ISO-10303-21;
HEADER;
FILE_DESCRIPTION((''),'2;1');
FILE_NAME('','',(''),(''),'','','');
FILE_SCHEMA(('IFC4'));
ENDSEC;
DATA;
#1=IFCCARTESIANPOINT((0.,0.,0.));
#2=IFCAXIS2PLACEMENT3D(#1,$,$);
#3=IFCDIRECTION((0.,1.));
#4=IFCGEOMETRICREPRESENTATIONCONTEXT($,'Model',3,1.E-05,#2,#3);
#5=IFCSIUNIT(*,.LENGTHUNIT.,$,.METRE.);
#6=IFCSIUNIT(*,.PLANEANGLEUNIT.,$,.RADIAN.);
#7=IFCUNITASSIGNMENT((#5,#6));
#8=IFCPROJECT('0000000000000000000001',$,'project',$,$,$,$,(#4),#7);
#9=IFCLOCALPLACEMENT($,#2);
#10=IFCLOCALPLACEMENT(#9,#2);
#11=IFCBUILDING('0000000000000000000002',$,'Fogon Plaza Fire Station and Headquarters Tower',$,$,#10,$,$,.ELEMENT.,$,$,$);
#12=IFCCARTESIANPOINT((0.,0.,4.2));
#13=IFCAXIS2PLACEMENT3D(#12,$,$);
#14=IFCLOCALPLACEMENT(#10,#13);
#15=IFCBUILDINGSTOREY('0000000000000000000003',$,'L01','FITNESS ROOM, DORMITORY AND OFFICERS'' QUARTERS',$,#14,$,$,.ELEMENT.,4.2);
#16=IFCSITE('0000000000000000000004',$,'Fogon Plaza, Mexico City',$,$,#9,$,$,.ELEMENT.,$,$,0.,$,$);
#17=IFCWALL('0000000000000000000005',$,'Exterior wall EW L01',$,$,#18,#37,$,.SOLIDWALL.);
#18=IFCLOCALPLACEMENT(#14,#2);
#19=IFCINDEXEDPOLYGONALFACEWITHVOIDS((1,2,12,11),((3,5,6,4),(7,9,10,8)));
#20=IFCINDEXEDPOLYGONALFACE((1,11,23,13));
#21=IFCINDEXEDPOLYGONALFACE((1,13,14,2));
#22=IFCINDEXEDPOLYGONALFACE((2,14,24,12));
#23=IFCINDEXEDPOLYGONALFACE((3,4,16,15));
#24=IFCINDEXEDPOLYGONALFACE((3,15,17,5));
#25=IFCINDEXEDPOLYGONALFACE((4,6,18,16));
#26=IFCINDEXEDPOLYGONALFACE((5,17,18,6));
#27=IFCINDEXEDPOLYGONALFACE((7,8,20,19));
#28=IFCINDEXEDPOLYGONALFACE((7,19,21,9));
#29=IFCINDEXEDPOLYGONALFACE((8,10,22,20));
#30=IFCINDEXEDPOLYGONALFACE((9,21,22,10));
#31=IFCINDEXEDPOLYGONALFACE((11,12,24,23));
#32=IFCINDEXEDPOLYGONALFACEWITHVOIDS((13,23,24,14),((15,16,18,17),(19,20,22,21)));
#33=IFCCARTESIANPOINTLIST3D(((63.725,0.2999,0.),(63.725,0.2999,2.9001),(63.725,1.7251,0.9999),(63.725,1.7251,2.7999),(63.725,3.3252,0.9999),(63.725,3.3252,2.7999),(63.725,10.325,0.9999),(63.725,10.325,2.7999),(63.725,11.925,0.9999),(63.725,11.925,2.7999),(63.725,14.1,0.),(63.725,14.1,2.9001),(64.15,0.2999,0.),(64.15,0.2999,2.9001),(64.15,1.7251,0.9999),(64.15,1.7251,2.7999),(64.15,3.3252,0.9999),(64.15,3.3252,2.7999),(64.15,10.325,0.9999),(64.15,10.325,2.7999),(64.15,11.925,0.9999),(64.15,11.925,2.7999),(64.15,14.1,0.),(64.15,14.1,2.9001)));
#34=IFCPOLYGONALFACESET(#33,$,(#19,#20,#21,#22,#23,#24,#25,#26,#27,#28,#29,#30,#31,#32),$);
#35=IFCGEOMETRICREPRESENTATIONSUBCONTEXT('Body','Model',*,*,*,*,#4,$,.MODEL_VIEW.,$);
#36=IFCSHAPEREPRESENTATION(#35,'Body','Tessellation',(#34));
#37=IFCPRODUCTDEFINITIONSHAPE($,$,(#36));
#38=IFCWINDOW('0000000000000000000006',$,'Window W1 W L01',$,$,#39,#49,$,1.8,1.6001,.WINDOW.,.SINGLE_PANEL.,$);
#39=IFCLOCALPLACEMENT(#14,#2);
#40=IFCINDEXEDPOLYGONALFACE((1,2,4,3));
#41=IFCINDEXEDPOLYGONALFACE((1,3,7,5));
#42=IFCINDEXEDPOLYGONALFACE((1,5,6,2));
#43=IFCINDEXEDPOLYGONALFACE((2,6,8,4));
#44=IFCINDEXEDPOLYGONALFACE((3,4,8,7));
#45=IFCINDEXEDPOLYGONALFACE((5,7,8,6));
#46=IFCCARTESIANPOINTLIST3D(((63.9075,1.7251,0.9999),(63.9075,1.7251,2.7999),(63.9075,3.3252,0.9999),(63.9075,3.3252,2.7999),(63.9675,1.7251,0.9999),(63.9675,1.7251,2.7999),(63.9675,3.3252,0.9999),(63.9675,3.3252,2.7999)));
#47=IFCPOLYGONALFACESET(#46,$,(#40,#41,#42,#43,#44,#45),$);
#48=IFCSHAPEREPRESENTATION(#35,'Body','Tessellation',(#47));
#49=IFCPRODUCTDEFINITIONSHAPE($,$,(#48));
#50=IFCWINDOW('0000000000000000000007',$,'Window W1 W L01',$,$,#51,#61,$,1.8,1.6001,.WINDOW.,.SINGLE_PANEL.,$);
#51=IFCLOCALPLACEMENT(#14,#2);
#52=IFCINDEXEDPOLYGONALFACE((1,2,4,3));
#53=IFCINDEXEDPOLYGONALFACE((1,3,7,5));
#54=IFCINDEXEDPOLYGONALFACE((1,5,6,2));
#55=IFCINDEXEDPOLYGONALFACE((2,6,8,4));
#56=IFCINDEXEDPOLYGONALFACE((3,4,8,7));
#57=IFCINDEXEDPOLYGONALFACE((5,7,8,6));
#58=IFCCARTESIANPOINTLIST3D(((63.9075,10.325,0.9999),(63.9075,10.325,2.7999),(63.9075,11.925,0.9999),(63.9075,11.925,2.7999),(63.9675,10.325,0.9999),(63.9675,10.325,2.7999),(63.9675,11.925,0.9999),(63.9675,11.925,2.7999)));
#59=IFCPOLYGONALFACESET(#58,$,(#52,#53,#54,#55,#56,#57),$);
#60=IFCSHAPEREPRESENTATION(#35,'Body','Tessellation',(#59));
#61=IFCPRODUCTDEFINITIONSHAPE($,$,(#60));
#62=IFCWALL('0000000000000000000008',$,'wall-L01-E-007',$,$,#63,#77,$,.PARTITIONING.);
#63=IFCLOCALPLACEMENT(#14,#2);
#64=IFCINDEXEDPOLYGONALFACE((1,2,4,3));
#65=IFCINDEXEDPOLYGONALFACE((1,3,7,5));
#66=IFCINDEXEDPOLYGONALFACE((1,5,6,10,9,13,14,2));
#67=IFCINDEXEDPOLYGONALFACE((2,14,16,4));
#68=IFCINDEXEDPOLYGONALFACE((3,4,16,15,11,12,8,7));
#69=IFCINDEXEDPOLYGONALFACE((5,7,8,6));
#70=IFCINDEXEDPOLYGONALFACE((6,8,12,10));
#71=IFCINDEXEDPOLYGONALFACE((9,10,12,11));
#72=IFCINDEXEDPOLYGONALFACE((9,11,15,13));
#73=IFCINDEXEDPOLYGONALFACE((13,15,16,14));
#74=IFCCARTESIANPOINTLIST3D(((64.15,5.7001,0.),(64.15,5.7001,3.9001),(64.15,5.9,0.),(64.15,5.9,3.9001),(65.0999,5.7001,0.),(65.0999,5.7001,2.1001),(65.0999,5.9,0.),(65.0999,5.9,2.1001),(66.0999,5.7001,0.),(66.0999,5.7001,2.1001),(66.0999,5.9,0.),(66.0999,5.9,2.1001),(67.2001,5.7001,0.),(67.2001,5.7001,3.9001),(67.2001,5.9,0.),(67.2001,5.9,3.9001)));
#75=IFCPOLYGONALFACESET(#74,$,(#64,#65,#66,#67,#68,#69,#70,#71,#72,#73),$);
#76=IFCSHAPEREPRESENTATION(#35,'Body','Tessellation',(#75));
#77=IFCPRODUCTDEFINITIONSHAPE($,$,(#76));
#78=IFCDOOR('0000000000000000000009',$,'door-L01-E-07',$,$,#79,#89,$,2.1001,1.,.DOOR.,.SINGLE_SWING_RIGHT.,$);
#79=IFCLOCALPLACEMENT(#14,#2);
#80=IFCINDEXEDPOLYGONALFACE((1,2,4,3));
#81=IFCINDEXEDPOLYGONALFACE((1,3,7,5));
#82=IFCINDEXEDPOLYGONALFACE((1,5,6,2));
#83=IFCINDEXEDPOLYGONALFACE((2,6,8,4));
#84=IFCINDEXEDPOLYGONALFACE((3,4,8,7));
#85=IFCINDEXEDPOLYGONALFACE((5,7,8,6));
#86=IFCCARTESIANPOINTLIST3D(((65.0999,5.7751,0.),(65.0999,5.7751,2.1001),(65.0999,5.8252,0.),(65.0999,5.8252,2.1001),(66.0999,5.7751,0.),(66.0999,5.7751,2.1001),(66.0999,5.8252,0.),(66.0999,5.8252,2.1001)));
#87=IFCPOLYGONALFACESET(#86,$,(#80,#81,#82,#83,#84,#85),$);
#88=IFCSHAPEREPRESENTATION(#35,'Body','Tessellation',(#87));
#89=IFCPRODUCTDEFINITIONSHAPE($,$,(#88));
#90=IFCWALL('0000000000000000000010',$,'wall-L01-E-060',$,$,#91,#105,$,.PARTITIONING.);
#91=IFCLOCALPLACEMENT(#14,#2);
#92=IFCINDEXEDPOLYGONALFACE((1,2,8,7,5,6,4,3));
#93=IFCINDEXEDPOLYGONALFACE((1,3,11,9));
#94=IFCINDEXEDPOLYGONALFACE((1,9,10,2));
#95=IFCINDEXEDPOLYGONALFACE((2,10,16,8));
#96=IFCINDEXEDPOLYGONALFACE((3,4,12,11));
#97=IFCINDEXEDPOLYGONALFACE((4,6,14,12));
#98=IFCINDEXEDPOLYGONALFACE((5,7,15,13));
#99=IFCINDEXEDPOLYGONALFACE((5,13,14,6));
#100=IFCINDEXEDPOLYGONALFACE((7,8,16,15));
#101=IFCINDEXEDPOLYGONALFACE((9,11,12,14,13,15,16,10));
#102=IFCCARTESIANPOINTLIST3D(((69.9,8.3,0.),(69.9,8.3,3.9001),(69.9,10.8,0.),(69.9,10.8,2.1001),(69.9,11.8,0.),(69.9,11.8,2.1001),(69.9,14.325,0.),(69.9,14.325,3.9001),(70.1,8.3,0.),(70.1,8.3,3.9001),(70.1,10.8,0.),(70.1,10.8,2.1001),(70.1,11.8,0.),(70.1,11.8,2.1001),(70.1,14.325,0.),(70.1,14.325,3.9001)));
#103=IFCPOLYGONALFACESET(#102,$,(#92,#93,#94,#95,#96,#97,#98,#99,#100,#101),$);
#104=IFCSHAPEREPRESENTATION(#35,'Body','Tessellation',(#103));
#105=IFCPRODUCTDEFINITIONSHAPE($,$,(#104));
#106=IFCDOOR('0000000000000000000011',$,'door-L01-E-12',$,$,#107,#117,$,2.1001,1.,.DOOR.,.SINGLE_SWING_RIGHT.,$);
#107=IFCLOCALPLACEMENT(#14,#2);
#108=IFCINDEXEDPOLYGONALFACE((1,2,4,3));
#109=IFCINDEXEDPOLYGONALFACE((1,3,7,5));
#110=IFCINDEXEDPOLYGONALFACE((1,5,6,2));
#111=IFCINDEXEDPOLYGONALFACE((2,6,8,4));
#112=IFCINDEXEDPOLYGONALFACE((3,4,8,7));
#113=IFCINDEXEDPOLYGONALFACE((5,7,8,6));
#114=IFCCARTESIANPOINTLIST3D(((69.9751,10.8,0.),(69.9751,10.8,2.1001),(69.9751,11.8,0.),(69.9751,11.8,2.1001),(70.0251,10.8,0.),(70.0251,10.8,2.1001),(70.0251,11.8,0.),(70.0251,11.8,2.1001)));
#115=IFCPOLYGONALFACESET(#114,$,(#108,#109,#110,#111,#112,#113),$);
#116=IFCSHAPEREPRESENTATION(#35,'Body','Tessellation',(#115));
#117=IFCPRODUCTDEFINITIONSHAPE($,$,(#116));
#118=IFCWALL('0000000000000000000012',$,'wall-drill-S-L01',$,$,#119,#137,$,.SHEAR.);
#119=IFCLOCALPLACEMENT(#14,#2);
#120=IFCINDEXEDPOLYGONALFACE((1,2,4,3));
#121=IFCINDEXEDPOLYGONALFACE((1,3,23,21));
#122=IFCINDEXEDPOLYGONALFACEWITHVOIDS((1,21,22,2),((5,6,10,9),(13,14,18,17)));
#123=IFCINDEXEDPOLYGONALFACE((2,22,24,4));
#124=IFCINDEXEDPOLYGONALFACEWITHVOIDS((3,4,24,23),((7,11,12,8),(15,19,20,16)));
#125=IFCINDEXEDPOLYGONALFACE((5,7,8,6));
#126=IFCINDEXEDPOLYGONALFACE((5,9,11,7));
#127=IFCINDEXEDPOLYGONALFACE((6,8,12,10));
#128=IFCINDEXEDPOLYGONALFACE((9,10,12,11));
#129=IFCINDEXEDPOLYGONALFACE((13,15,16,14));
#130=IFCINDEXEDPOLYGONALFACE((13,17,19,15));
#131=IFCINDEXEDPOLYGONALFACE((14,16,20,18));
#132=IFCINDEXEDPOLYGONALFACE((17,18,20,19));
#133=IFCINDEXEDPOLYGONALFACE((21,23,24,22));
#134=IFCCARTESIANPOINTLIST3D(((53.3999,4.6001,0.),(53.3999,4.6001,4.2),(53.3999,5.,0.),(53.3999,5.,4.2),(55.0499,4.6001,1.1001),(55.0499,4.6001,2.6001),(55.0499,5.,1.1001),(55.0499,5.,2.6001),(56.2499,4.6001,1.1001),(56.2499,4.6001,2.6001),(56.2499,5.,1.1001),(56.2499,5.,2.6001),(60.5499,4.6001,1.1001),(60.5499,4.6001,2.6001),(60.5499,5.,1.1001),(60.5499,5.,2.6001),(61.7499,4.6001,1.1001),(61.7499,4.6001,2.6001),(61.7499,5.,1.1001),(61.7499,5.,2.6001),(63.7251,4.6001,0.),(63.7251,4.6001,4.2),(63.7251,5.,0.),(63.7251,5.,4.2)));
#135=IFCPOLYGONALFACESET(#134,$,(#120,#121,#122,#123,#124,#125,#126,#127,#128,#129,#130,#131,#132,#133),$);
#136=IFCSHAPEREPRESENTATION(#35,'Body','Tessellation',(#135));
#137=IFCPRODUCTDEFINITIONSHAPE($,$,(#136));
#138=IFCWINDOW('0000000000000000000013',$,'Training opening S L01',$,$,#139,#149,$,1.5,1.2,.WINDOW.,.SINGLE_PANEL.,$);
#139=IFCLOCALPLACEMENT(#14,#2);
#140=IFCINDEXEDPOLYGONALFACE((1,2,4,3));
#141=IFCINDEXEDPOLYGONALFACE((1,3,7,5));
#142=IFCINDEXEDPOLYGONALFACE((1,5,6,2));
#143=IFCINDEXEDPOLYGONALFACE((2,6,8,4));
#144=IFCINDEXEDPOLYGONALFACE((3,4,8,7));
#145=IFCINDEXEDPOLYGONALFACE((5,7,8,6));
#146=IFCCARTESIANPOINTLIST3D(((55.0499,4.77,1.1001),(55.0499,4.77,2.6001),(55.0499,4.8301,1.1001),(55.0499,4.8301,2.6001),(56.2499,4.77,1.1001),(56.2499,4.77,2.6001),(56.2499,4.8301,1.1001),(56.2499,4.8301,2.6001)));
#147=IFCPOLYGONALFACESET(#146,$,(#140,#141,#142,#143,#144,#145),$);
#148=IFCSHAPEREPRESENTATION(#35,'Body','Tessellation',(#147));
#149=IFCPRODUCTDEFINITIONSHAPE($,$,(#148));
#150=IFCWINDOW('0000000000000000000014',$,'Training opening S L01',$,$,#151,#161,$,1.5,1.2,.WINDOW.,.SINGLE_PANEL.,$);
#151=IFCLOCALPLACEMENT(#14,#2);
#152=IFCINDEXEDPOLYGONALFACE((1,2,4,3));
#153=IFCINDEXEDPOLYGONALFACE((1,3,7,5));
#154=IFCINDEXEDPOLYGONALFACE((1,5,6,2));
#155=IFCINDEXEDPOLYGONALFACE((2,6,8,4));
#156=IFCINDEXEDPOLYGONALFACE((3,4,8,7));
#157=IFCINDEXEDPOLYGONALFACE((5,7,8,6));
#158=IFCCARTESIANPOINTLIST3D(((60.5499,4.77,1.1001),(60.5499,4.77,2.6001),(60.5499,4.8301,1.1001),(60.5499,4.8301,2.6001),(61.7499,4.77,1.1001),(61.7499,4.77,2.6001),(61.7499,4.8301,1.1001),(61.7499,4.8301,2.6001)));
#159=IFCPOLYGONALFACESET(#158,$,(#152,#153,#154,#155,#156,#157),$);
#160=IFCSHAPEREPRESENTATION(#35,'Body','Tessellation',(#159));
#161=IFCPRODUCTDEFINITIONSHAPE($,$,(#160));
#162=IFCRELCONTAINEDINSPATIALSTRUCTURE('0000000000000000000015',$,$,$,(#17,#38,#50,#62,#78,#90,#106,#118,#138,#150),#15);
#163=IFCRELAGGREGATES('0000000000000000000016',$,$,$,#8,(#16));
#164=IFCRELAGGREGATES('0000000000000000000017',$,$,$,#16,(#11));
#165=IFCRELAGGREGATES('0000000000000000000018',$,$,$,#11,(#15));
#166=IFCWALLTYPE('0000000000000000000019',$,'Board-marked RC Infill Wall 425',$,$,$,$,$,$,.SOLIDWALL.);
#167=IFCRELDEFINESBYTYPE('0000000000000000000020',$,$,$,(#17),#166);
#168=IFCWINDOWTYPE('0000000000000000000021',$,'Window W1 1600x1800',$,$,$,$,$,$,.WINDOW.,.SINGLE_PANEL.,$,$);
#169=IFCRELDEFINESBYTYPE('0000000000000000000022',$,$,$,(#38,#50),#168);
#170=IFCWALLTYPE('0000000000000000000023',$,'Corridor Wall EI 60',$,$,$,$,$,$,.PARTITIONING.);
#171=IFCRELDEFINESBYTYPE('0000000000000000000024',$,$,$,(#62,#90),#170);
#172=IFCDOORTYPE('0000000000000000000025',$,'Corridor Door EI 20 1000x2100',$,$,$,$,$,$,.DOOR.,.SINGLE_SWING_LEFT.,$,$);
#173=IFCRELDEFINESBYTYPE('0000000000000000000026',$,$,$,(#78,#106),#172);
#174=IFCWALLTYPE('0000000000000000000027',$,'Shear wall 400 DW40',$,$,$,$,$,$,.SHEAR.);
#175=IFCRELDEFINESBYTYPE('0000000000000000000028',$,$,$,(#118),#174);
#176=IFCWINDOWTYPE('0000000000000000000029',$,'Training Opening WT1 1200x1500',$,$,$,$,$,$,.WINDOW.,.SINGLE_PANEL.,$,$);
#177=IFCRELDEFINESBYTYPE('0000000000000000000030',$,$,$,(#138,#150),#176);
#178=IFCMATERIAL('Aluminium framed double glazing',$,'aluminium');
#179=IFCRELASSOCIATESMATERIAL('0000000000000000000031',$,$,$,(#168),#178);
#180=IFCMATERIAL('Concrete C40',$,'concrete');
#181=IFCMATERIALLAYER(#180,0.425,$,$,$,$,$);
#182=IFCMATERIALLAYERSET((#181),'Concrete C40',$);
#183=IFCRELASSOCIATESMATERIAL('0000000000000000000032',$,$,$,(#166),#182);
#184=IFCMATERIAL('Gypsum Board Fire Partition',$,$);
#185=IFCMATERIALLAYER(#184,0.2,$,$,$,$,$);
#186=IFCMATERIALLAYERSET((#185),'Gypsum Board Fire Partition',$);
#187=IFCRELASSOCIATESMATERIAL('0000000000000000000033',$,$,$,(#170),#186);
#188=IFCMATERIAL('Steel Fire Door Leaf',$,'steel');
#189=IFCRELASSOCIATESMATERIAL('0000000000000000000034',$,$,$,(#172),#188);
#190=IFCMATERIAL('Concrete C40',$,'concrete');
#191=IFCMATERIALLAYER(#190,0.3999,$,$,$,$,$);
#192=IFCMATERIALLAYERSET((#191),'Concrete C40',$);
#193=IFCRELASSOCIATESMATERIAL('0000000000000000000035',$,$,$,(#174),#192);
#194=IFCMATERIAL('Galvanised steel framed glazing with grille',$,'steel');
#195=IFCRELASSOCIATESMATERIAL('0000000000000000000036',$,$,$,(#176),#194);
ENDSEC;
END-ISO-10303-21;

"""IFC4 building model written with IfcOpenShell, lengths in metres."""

from ifc_helpers import new_model, si_unit, direction, frame, frame_2d, origin, place, context, subcontext, project, spatial, rectangle, extrude, material, layer, layer_set, type_object, element, fill, save


model = new_model("IFC4")

# Units and contexts
model_context = context("Model", 3, precision=1e-05, world=origin(), true_north=direction((0.0, 1.0)))
body_context = subcontext(model_context, "Body", "Model", "MODEL_VIEW")
ifc_project = project(units=[si_unit("LENGTHUNIT", "METRE"), si_unit("PLANEANGLEUNIT", "RADIAN")], contexts=[model_context])

# Site, building, storey
site_placement = place(None, origin())
site = spatial("IfcSite", under=ifc_project, at=site_placement, Name="Fogon Plaza, Mexico City", CompositionType="ELEMENT", RefElevation=0.0)
building_placement = place(site_placement, origin())
building = spatial("IfcBuilding", under=site, at=building_placement, Name="Fogon Plaza Fire Station and Headquarters Tower", CompositionType="ELEMENT")
storey_placement = place(building_placement, frame((0.0, 0.0, 4.2)))
storey = spatial("IfcBuildingStorey", under=building, at=storey_placement, Name="L01", Description="FITNESS ROOM, DORMITORY AND OFFICERS' QUARTERS", CompositionType="ELEMENT", Elevation=4.2)

# Wall, openings, windows
ifc_material_1 = material(Name="Aluminium framed double glazing", Category="aluminium")
window_type_1 = type_object("IfcWindowType", Name="Window W1 1600x1800", PartitioningType="SINGLE_PANEL", PredefinedType="WINDOW", material=ifc_material_1)
ifc_material_2 = material(Name="Concrete C40", Category="concrete")
ifc_layer_1 = layer(ifc_material_2, 0.425)
ifc_layer_set_1 = layer_set([ifc_layer_1], Name="Concrete C40")
wall_type_1 = type_object("IfcWallType", Name="Board-marked RC Infill Wall 425", PredefinedType="SOLIDWALL", material=ifc_layer_set_1)
wall_1_placement = place(storey_placement, frame((63.9375, 0.3, 0.0), z_axis=(0.0, 0.0, 1.0), x_axis=(0.0, 1.0, 0.0)))
wall_1 = element("IfcWall", 1, at=wall_1_placement, inside=storey, type_object=wall_type_1, Name="Exterior wall EW L01", PredefinedType="SOLIDWALL", context=body_context, shape_type="SweptSolid", body=[
    extrude(rectangle(XDim=13.8, YDim=0.425, at=frame_2d((6.8999, 0.0))), origin(), (0.0, 0.0, 1.0), 2.9001),
])
opening_1_placement = place(wall_1_placement, frame((1.425, 0.0, 1.0)))
opening_1 = element("IfcOpeningElement", 2, at=opening_1_placement, cuts=wall_1, PredefinedType="OPENING", context=body_context, shape_type="SweptSolid", body=[
    extrude(rectangle(XDim=1.6001, YDim=1.8, at=frame_2d((0.8, 0.8999))), frame((0.0, 0.2224, 0.0), z_axis=(0.0, -1.0, 0.0), x_axis=(1.0, 0.0, 0.0)), (0.0, 0.0, 1.0), 0.4451),
])
opening_2_placement = place(wall_1_placement, frame((10.0249, 0.0, 1.0)))
opening_2 = element("IfcOpeningElement", 3, at=opening_2_placement, cuts=wall_1, PredefinedType="OPENING", context=body_context, shape_type="SweptSolid", body=[
    extrude(rectangle(XDim=1.6001, YDim=1.8, at=frame_2d((0.8, 0.8999))), frame((0.0, 0.2224, 0.0), z_axis=(0.0, -1.0, 0.0), x_axis=(1.0, 0.0, 0.0)), (0.0, 0.0, 1.0), 0.4451),
])
window_1_placement = place(opening_1_placement, origin())
window_1 = element("IfcWindow", 4, at=window_1_placement, inside=storey, type_object=window_type_1, Name="Window W1 W L01", OverallHeight=1.8, OverallWidth=1.6001, PartitioningType="SINGLE_PANEL", PredefinedType="WINDOW", context=body_context, shape_type="SweptSolid", body=[
    extrude(rectangle(XDim=1.6001, YDim=1.8, at=frame_2d((0.8, 0.8999))), frame((0.0, 0.03, 0.0), z_axis=(0.0, -1.0, 0.0), x_axis=(1.0, 0.0, 0.0)), (0.0, 0.0, 1.0), 0.0601),
])
fill(opening_1, window_1)
window_2_placement = place(opening_2_placement, origin())
window_2 = element("IfcWindow", 5, at=window_2_placement, inside=storey, type_object=window_type_1, Name="Window W1 W L01", OverallHeight=1.8, OverallWidth=1.6001, PartitioningType="SINGLE_PANEL", PredefinedType="WINDOW", context=body_context, shape_type="SweptSolid", body=[
    extrude(rectangle(XDim=1.6001, YDim=1.8, at=frame_2d((0.8, 0.8999))), frame((0.0, 0.03, 0.0), z_axis=(0.0, -1.0, 0.0), x_axis=(1.0, 0.0, 0.0)), (0.0, 0.0, 1.0), 0.0601),
])
fill(opening_2, window_2)

# Walls, openings, doors
ifc_material_3 = material(Name="Gypsum Board Fire Partition")
ifc_layer_2 = layer(ifc_material_3, 0.2)
ifc_layer_set_2 = layer_set([ifc_layer_2], Name="Gypsum Board Fire Partition")
wall_type_2 = type_object("IfcWallType", Name="Corridor Wall EI 60", PredefinedType="PARTITIONING", material=ifc_layer_set_2)
wall_2_placement = place(storey_placement, frame((67.2, 5.8, 0.0), z_axis=(0.0, 0.0, 1.0), x_axis=(-1.0, 0.0, 0.0)))
wall_2 = element("IfcWall", 6, at=wall_2_placement, inside=storey, type_object=wall_type_2, Name="wall-L01-E-007", PredefinedType="PARTITIONING", context=body_context, shape_type="SweptSolid", body=[
    extrude(rectangle(XDim=3.05, YDim=0.2, at=frame_2d((1.5249, 0.0))), origin(), (0.0, 0.0, 1.0), 3.9001),
])
opening_3_placement = place(wall_2_placement, frame((1.1001, 0.0, 0.0)))
opening_3 = element("IfcOpeningElement", 7, at=opening_3_placement, cuts=wall_2, PredefinedType="OPENING", context=body_context, shape_type="SweptSolid", body=[
    extrude(rectangle(XDim=1.0, YDim=2.1001, at=frame_2d((0.5, 1.05))), frame((0.0, 0.1099, 0.0), z_axis=(0.0, -1.0, 0.0), x_axis=(1.0, 0.0, 0.0)), (0.0, 0.0, 1.0), 0.22),
])
ifc_material_4 = material(Name="Steel Fire Door Leaf", Category="steel")
door_type = type_object("IfcDoorType", Name="Corridor Door EI 20 1000x2100", OperationType="SINGLE_SWING_LEFT", PredefinedType="DOOR", material=ifc_material_4)
door_1_placement = place(opening_3_placement, origin())
door_1 = element("IfcDoor", 8, at=door_1_placement, inside=storey, type_object=door_type, Name="door-L01-E-07", OperationType="SINGLE_SWING_RIGHT", OverallHeight=2.1001, OverallWidth=1.0, PredefinedType="DOOR", context=body_context, shape_type="SweptSolid", body=[
    extrude(rectangle(XDim=1.0, YDim=2.1001, at=frame_2d((0.5, 1.05))), frame((0.0, 0.0249, 0.0), z_axis=(0.0, -1.0, 0.0), x_axis=(1.0, 0.0, 0.0)), (0.0, 0.0, 1.0), 0.05),
])
fill(opening_3, door_1)
wall_3_placement = place(storey_placement, frame((70.0, 8.3, 0.0), z_axis=(0.0, 0.0, 1.0), x_axis=(0.0, 1.0, 0.0)))
wall_3 = element("IfcWall", 9, at=wall_3_placement, inside=storey, type_object=wall_type_2, Name="wall-L01-E-060", PredefinedType="PARTITIONING", context=body_context, shape_type="SweptSolid", body=[
    extrude(rectangle(XDim=6.0249, YDim=0.2, at=frame_2d((3.0125, 0.0))), origin(), (0.0, 0.0, 1.0), 3.9001),
])
opening_4_placement = place(wall_3_placement, frame((2.5, 0.0, 0.0)))
opening_4 = element("IfcOpeningElement", 10, at=opening_4_placement, cuts=wall_3, PredefinedType="OPENING", context=body_context, shape_type="SweptSolid", body=[
    extrude(rectangle(XDim=1.0, YDim=2.1001, at=frame_2d((0.5, 1.05))), frame((0.0, 0.1099, 0.0), z_axis=(0.0, -1.0, 0.0), x_axis=(1.0, 0.0, 0.0)), (0.0, 0.0, 1.0), 0.22),
])
door_2_placement = place(opening_4_placement, origin())
door_2 = element("IfcDoor", 11, at=door_2_placement, inside=storey, type_object=door_type, Name="door-L01-E-12", OperationType="SINGLE_SWING_RIGHT", OverallHeight=2.1001, OverallWidth=1.0, PredefinedType="DOOR", context=body_context, shape_type="SweptSolid", body=[
    extrude(rectangle(XDim=1.0, YDim=2.1001, at=frame_2d((0.5, 1.05))), frame((0.0, 0.0249, 0.0), z_axis=(0.0, -1.0, 0.0), x_axis=(1.0, 0.0, 0.0)), (0.0, 0.0, 1.0), 0.05),
])
fill(opening_4, door_2)

# Wall, openings, windows
ifc_material_5 = material(Name="Concrete C40", Category="concrete")
ifc_layer_3 = layer(ifc_material_5, 0.3999)
ifc_layer_set_3 = layer_set([ifc_layer_3], Name="Concrete C40")
wall_type_3 = type_object("IfcWallType", Name="Shear wall 400 DW40", PredefinedType="SHEAR", material=ifc_layer_set_3)
wall_4_placement = place(storey_placement, frame((53.3999, 4.8, 0.0), z_axis=(0.0, 0.0, 1.0), x_axis=(1.0, 0.0, 0.0)))
wall_4 = element("IfcWall", 12, at=wall_4_placement, inside=storey, type_object=wall_type_3, Name="wall-drill-S-L01", PredefinedType="SHEAR", context=body_context, shape_type="SweptSolid", body=[
    extrude(rectangle(XDim=10.3252, YDim=0.3999, at=frame_2d((5.1626, 0.0))), origin(), (0.0, 0.0, 1.0), 4.2),
])
opening_5_placement = place(wall_4_placement, frame((1.6499, 0.0, 1.1001)))
opening_5 = element("IfcOpeningElement", 13, at=opening_5_placement, cuts=wall_4, PredefinedType="OPENING", context=body_context, shape_type="SweptSolid", body=[
    extrude(rectangle(XDim=1.2, YDim=1.5, at=frame_2d((0.6001, 0.75))), frame((0.0, 0.21, 0.0), z_axis=(0.0, -1.0, 0.0), x_axis=(1.0, 0.0, 0.0)), (0.0, 0.0, 1.0), 0.4199),
])
opening_6_placement = place(wall_4_placement, frame((7.1499, 0.0, 1.1001)))
opening_6 = element("IfcOpeningElement", 14, at=opening_6_placement, cuts=wall_4, PredefinedType="OPENING", context=body_context, shape_type="SweptSolid", body=[
    extrude(rectangle(XDim=1.2, YDim=1.5, at=frame_2d((0.6001, 0.75))), frame((0.0, 0.21, 0.0), z_axis=(0.0, -1.0, 0.0), x_axis=(1.0, 0.0, 0.0)), (0.0, 0.0, 1.0), 0.4199),
])
ifc_material_6 = material(Name="Galvanised steel framed glazing with grille", Category="steel")
window_type_2 = type_object("IfcWindowType", Name="Training Opening WT1 1200x1500", PartitioningType="SINGLE_PANEL", PredefinedType="WINDOW", material=ifc_material_6)
window_3_placement = place(opening_5_placement, origin())
window_3 = element("IfcWindow", 15, at=window_3_placement, inside=storey, type_object=window_type_2, Name="Training opening S L01", OverallHeight=1.5, OverallWidth=1.2, PartitioningType="SINGLE_PANEL", PredefinedType="WINDOW", context=body_context, shape_type="SweptSolid", body=[
    extrude(rectangle(XDim=1.2, YDim=1.5, at=frame_2d((0.6001, 0.75))), frame((0.0, 0.03, 0.0), z_axis=(0.0, -1.0, 0.0), x_axis=(1.0, 0.0, 0.0)), (0.0, 0.0, 1.0), 0.0601),
])
fill(opening_5, window_3)
window_4_placement = place(opening_6_placement, origin())
window_4 = element("IfcWindow", 16, at=window_4_placement, inside=storey, type_object=window_type_2, Name="Training opening S L01", OverallHeight=1.5, OverallWidth=1.2, PartitioningType="SINGLE_PANEL", PredefinedType="WINDOW", context=body_context, shape_type="SweptSolid", body=[
    extrude(rectangle(XDim=1.2, YDim=1.5, at=frame_2d((0.6001, 0.75))), frame((0.0, 0.03, 0.0), z_axis=(0.0, -1.0, 0.0), x_axis=(1.0, 0.0, 0.0)), (0.0, 0.0, 1.0), 0.0601),
])
fill(opening_6, window_4)

save(model, "model.ifc")
